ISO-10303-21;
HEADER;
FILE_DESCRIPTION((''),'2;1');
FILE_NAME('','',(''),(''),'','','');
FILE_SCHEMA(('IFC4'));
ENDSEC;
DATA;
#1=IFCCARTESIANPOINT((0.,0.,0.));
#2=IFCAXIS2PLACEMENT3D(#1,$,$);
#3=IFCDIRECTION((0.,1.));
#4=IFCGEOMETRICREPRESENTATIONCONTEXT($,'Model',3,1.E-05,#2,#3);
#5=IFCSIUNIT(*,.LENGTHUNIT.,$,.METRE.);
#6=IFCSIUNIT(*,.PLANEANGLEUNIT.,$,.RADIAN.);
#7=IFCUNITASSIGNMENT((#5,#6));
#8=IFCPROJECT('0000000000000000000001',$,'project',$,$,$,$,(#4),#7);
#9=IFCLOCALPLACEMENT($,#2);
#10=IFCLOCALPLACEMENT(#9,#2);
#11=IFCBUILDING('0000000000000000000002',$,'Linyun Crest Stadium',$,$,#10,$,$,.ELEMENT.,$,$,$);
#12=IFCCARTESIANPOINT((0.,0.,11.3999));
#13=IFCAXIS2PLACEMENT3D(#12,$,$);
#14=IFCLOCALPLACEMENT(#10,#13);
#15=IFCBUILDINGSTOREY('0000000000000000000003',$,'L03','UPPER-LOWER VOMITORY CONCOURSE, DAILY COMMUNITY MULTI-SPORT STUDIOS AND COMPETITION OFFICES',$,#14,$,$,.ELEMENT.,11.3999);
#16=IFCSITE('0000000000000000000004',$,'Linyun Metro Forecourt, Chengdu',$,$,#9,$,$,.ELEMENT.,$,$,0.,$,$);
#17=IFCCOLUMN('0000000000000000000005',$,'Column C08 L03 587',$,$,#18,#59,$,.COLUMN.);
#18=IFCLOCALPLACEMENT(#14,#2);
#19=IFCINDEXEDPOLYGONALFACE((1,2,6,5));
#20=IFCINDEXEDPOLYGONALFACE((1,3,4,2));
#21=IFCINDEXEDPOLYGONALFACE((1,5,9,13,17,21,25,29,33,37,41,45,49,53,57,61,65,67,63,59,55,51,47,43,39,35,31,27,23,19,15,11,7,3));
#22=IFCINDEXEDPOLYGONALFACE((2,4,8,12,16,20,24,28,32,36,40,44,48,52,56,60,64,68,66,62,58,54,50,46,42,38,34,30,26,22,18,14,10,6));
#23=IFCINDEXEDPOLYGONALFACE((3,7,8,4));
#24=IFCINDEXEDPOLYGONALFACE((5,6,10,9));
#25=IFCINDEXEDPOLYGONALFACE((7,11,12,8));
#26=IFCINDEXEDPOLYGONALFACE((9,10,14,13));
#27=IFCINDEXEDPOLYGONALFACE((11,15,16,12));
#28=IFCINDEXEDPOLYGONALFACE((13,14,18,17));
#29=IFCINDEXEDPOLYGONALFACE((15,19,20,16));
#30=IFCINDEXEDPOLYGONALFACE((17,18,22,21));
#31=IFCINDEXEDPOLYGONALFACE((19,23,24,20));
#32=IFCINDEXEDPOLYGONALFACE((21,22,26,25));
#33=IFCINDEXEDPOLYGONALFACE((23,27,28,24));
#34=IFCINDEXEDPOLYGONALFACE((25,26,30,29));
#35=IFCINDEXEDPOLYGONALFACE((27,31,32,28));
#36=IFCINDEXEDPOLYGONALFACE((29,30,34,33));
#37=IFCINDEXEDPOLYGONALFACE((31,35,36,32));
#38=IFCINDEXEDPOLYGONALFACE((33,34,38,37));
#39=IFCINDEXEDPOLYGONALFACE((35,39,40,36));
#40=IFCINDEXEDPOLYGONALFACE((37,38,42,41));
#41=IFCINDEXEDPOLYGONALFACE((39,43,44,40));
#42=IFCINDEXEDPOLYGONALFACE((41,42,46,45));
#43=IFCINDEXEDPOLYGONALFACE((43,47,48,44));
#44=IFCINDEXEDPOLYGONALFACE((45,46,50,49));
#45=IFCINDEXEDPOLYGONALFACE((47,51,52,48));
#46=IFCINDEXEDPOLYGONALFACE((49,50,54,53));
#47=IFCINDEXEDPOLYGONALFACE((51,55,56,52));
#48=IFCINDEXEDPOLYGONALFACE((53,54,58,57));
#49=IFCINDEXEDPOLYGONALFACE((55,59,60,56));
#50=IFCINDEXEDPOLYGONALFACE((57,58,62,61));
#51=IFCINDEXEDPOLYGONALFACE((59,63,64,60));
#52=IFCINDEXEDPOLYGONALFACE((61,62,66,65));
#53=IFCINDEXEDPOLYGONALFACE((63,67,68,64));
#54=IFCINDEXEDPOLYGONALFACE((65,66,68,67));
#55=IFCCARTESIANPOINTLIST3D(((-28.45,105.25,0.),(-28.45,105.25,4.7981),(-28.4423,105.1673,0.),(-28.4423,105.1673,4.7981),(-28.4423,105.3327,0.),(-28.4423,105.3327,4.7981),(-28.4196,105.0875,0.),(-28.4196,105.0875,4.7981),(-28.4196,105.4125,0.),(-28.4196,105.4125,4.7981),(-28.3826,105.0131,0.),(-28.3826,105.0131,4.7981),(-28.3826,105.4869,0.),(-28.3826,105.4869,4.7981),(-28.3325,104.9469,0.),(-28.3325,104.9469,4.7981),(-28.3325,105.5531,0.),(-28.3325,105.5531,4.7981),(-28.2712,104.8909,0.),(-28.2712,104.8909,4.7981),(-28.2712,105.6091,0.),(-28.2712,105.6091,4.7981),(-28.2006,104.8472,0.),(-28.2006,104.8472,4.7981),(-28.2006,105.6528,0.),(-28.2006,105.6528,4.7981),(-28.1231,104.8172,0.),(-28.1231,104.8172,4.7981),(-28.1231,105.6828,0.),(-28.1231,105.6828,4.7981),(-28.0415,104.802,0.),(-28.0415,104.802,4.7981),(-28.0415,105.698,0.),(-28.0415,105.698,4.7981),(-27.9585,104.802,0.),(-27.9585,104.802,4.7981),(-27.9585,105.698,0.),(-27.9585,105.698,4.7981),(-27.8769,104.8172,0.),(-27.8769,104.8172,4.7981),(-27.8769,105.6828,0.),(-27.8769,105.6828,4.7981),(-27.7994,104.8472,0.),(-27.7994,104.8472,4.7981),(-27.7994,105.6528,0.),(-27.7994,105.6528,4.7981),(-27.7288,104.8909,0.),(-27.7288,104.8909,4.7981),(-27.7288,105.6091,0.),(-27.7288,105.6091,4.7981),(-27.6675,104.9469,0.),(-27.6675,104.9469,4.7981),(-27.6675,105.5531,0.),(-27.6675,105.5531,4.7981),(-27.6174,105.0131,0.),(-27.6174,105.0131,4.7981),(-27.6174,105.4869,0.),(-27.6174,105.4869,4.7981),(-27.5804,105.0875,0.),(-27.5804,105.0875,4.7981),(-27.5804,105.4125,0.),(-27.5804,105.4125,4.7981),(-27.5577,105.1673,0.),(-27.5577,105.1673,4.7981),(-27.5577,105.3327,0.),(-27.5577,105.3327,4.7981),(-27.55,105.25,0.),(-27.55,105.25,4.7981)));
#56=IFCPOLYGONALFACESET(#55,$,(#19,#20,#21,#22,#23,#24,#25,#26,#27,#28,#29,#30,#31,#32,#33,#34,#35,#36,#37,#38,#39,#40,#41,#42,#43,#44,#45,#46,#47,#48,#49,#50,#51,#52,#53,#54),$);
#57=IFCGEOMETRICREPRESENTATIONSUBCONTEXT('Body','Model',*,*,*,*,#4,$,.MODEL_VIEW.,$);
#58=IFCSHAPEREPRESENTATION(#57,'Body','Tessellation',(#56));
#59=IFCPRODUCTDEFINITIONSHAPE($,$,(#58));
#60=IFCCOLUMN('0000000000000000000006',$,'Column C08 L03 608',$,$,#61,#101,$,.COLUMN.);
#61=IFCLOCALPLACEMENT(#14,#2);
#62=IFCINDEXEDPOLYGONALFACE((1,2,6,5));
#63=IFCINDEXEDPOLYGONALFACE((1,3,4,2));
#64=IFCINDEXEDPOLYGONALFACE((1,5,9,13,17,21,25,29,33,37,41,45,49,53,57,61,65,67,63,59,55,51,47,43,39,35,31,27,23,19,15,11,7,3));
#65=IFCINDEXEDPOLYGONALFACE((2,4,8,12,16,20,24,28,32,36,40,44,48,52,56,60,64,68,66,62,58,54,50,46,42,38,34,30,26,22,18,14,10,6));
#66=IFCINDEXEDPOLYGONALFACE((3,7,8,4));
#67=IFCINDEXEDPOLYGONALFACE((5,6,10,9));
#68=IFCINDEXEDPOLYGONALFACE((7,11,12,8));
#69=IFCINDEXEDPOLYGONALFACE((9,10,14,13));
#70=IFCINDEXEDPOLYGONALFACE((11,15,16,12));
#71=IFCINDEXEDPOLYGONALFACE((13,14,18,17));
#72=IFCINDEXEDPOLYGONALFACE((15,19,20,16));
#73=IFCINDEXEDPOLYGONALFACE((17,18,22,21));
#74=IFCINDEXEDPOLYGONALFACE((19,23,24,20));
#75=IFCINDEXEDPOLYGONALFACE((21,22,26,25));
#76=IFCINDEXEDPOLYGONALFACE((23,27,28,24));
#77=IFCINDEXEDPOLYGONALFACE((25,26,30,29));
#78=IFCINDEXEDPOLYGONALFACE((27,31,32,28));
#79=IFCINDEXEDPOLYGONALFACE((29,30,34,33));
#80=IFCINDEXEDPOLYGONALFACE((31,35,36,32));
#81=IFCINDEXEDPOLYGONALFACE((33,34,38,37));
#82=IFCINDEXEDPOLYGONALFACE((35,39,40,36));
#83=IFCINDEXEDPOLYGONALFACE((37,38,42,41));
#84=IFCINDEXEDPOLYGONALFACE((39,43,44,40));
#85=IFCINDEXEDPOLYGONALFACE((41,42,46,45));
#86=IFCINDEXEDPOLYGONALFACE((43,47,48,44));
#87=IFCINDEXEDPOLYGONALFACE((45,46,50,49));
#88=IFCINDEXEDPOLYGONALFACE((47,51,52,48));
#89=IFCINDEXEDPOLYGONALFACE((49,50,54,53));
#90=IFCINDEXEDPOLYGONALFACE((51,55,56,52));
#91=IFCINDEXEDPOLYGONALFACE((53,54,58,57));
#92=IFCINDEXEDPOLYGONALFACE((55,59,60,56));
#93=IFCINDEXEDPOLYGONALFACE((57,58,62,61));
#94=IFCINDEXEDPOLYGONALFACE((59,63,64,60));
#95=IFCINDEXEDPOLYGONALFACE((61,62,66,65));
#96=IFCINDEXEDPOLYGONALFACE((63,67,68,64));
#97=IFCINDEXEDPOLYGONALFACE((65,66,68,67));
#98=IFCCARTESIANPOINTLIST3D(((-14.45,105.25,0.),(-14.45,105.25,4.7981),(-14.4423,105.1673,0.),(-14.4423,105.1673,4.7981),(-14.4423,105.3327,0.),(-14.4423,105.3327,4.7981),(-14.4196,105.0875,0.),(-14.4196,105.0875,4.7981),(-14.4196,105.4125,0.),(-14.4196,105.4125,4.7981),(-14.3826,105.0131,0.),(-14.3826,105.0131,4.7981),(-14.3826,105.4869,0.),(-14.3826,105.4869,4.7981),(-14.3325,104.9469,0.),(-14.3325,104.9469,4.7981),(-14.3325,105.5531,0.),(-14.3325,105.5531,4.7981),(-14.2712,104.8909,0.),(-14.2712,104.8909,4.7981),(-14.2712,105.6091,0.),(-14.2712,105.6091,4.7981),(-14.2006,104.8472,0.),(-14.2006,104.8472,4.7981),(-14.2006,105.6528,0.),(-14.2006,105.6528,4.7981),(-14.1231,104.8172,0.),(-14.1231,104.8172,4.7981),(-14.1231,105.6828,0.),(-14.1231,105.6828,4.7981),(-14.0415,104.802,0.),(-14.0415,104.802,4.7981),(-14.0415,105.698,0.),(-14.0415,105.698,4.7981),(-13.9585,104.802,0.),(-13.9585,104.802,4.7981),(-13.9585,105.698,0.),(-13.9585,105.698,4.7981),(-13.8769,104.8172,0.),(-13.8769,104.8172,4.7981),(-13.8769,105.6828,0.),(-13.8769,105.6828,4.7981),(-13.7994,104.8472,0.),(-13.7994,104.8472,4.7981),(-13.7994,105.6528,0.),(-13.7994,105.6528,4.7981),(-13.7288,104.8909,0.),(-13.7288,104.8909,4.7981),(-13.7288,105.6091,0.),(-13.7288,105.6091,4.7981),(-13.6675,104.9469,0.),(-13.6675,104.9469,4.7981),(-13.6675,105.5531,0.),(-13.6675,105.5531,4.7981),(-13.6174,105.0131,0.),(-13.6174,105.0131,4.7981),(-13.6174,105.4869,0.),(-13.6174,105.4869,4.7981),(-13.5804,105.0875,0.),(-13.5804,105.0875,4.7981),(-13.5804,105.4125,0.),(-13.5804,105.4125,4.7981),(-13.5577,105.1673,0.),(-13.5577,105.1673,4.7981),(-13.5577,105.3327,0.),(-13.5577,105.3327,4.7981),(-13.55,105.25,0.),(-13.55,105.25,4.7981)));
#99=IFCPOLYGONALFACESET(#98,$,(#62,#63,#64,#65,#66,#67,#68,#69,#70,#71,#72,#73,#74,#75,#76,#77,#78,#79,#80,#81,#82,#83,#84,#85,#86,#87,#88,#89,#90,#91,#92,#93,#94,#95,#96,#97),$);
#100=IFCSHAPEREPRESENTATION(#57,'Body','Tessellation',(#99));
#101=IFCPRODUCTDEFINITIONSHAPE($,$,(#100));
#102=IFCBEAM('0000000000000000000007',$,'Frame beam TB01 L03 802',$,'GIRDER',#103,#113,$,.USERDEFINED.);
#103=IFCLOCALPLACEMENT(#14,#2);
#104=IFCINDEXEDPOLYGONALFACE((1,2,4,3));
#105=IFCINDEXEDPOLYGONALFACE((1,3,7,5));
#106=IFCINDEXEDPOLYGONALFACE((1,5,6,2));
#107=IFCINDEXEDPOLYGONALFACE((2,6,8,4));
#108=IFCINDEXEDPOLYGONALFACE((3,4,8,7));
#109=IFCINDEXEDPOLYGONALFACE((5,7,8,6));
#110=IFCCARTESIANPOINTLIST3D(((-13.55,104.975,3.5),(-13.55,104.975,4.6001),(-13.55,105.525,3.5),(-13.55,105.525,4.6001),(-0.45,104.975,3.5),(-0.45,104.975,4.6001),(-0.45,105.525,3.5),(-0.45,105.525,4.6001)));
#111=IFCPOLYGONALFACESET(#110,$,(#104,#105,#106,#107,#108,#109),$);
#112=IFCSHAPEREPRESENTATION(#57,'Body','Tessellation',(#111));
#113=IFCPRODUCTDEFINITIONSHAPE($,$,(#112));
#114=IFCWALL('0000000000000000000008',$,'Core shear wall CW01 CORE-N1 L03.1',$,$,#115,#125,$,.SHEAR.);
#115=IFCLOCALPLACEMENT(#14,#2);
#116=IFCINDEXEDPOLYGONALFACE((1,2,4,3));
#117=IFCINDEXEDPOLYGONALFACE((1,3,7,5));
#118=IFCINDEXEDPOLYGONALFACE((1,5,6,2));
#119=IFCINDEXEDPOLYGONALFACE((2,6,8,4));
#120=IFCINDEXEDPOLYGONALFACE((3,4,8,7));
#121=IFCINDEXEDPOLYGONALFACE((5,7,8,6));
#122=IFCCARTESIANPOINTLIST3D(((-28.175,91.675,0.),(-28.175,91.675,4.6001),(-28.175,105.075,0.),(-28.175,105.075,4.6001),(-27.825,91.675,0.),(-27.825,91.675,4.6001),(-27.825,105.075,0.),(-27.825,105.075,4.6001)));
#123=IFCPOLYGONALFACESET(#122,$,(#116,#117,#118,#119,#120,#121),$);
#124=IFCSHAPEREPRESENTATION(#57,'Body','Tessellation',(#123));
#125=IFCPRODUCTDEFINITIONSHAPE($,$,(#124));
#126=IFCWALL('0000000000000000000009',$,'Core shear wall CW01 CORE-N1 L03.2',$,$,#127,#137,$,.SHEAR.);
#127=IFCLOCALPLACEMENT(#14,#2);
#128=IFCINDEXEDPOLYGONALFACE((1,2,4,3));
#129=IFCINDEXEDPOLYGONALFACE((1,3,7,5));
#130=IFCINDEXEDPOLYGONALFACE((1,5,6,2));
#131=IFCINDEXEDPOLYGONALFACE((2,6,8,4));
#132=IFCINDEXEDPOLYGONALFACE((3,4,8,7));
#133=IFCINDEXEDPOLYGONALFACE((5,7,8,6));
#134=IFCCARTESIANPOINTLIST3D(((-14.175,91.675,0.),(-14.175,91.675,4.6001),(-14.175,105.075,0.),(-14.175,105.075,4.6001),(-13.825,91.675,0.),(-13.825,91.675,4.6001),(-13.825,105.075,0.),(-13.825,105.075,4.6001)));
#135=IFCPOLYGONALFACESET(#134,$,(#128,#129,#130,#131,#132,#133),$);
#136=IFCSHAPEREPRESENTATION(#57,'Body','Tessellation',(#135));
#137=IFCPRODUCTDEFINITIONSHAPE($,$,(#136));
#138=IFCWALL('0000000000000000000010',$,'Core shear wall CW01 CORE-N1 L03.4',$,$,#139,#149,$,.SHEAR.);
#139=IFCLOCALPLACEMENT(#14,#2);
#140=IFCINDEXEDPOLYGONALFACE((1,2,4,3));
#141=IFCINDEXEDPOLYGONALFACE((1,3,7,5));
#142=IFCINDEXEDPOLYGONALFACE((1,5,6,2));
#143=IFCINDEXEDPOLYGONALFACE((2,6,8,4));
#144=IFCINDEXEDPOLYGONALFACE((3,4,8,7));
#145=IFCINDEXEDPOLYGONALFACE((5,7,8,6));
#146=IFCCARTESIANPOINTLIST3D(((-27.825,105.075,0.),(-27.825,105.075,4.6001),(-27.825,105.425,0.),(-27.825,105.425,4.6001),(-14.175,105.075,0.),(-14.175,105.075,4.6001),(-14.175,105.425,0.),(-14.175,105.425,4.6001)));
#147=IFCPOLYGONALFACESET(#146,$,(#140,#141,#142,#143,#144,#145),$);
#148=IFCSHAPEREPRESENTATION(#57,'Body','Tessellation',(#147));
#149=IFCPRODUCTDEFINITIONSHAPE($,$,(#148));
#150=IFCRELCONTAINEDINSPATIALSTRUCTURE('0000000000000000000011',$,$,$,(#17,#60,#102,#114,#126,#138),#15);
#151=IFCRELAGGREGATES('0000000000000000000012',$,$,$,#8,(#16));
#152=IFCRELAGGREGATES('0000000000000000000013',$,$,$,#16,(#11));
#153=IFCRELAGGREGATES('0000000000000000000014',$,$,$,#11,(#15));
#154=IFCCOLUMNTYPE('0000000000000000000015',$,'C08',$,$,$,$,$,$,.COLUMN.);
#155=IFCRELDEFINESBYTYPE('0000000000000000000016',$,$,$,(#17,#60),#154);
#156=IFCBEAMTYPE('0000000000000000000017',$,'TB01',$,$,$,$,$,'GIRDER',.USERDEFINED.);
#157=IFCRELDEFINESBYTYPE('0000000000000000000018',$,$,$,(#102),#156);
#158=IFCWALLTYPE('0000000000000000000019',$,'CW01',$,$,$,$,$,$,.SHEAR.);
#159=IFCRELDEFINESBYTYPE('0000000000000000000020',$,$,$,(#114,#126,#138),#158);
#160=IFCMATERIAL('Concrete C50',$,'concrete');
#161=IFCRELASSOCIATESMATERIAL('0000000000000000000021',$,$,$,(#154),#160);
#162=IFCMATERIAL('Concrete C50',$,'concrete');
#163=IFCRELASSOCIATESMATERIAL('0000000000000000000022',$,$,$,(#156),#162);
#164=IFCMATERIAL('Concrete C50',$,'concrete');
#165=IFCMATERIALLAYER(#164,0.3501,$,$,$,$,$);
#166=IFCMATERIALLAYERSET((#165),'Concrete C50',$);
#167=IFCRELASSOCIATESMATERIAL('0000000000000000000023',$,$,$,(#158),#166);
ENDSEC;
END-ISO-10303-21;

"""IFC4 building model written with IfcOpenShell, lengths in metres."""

from ifc_helpers import new_model, si_unit, direction, frame, frame_2d, origin, origin_2d, place, context, subcontext, project, spatial, rectangle, circle, extrude, material, layer, layer_set, material_profile, profile_set, type_object, element, save


model = new_model("IFC4")

# Units and contexts
model_context = context("Model", 3, precision=1e-05, world=origin(), true_north=direction((0.0, 1.0)))
body_context = subcontext(model_context, "Body", "Model", "MODEL_VIEW")
ifc_project = project(units=[si_unit("LENGTHUNIT", "METRE"), si_unit("PLANEANGLEUNIT", "RADIAN")], contexts=[model_context])

# Site, building, storey
site_placement = place(None, origin())
site = spatial("IfcSite", under=ifc_project, at=site_placement, Name="Linyun Metro Forecourt, Chengdu", CompositionType="ELEMENT", RefElevation=0.0)
building_placement = place(site_placement, origin())
building = spatial("IfcBuilding", under=site, at=building_placement, Name="Linyun Crest Stadium", CompositionType="ELEMENT")
storey_placement = place(building_placement, frame((0.0, 0.0, 11.3999)))
storey = spatial("IfcBuildingStorey", under=building, at=storey_placement, Name="L03", Description="UPPER-LOWER VOMITORY CONCOURSE, DAILY COMMUNITY MULTI-SPORT STUDIOS AND COMPETITION OFFICES", CompositionType="ELEMENT", Elevation=11.3999)

# Columns
ifc_material_1 = material(Name="Concrete C50", Category="concrete")
ifc_material_profile_1 = material_profile(ifc_material_1, circle(Radius=0.45, at=origin_2d()), Name="RC D900")
ifc_profile_set_1 = profile_set([ifc_material_profile_1], Name="Concrete C50")
column_type = type_object("IfcColumnType", Name="C08", PredefinedType="COLUMN", material=ifc_profile_set_1)
for number, where, z_axis, x_axis, name in (
    (1, (-28.0, 105.25, 0.0), (0.0, 0.0, 1.0), (1.0, 0.0, 0.0), "Column C08 L03 587"),
    (2, (-14.0, 105.25, 0.0), (0.0, 0.0, 1.0), (1.0, 0.0, 0.0), "Column C08 L03 608"),
):
    element("IfcColumn", number, at=place(storey_placement, frame(where, z_axis=z_axis, x_axis=x_axis)), inside=storey, type_object=column_type, Name=name, PredefinedType="COLUMN", context=body_context, shape_type="SweptSolid", body=[
        extrude(circle(Radius=0.45, at=origin_2d()), origin(), (0.0, 0.0, 1.0), 4.7981),
    ])

# Beam
ifc_material_2 = material(Name="Concrete C50", Category="concrete")
ifc_material_profile_2 = material_profile(ifc_material_2, rectangle(XDim=0.55, YDim=1.1001, at=origin_2d()), Name="RCB 1100x550")
ifc_profile_set_2 = profile_set([ifc_material_profile_2], Name="Concrete C50")
beam_type = type_object("IfcBeamType", Name="TB01", ElementType="GIRDER", PredefinedType="USERDEFINED", material=ifc_profile_set_2)
beam_placement = place(storey_placement, frame((-13.55, 105.25, 4.05), z_axis=(1.0, 0.0, 0.0), x_axis=(0.0, 1.0, 0.0)))
element("IfcBeam", 3, at=beam_placement, inside=storey, type_object=beam_type, Name="Frame beam TB01 L03 802", ObjectType="GIRDER", PredefinedType="USERDEFINED", context=body_context, shape_type="SweptSolid", body=[
    extrude(rectangle(XDim=0.55, YDim=1.1001, at=origin_2d()), origin(), (0.0, 0.0, 1.0), 13.1001),
])

# Walls
ifc_material_3 = material(Name="Concrete C50", Category="concrete")
ifc_layer_1 = layer(ifc_material_3, 0.3501)
ifc_layer_set_1 = layer_set([ifc_layer_1], Name="Concrete C50")
wall_type_1 = type_object("IfcWallType", Name="CW01", PredefinedType="SHEAR", material=ifc_layer_set_1)
for number, where, z_axis, x_axis, name in (
    (4, (-28.0, 91.675, 0.0), (0.0, 0.0, 1.0), (0.0, 1.0, 0.0), "Core shear wall CW01 CORE-N1 L03.1"),
    (5, (-14.0, 91.675, 0.0), (0.0, 0.0, 1.0), (0.0, 1.0, 0.0), "Core shear wall CW01 CORE-N1 L03.2"),
):
    element("IfcWall", number, at=place(storey_placement, frame(where, z_axis=z_axis, x_axis=x_axis)), inside=storey, type_object=wall_type_1, Name=name, PredefinedType="SHEAR", context=body_context, shape_type="SweptSolid", body=[
        extrude(rectangle(XDim=13.3999, YDim=0.3501, at=frame_2d((6.7, 0.0))), origin(), (0.0, 0.0, 1.0), 4.6001),
    ])
wall_1_placement = place(storey_placement, frame((-27.825, 105.25, 0.0), z_axis=(0.0, 0.0, 1.0), x_axis=(1.0, 0.0, 0.0)))
element("IfcWall", 6, at=wall_1_placement, inside=storey, type_object=wall_type_1, Name="Core shear wall CW01 CORE-N1 L03.4", PredefinedType="SHEAR", context=body_context, shape_type="SweptSolid", body=[
    extrude(rectangle(XDim=13.6499, YDim=0.3501, at=frame_2d((6.825, 0.0))), origin(), (0.0, 0.0, 1.0), 4.6001),
])

save(model, "model.ifc")
